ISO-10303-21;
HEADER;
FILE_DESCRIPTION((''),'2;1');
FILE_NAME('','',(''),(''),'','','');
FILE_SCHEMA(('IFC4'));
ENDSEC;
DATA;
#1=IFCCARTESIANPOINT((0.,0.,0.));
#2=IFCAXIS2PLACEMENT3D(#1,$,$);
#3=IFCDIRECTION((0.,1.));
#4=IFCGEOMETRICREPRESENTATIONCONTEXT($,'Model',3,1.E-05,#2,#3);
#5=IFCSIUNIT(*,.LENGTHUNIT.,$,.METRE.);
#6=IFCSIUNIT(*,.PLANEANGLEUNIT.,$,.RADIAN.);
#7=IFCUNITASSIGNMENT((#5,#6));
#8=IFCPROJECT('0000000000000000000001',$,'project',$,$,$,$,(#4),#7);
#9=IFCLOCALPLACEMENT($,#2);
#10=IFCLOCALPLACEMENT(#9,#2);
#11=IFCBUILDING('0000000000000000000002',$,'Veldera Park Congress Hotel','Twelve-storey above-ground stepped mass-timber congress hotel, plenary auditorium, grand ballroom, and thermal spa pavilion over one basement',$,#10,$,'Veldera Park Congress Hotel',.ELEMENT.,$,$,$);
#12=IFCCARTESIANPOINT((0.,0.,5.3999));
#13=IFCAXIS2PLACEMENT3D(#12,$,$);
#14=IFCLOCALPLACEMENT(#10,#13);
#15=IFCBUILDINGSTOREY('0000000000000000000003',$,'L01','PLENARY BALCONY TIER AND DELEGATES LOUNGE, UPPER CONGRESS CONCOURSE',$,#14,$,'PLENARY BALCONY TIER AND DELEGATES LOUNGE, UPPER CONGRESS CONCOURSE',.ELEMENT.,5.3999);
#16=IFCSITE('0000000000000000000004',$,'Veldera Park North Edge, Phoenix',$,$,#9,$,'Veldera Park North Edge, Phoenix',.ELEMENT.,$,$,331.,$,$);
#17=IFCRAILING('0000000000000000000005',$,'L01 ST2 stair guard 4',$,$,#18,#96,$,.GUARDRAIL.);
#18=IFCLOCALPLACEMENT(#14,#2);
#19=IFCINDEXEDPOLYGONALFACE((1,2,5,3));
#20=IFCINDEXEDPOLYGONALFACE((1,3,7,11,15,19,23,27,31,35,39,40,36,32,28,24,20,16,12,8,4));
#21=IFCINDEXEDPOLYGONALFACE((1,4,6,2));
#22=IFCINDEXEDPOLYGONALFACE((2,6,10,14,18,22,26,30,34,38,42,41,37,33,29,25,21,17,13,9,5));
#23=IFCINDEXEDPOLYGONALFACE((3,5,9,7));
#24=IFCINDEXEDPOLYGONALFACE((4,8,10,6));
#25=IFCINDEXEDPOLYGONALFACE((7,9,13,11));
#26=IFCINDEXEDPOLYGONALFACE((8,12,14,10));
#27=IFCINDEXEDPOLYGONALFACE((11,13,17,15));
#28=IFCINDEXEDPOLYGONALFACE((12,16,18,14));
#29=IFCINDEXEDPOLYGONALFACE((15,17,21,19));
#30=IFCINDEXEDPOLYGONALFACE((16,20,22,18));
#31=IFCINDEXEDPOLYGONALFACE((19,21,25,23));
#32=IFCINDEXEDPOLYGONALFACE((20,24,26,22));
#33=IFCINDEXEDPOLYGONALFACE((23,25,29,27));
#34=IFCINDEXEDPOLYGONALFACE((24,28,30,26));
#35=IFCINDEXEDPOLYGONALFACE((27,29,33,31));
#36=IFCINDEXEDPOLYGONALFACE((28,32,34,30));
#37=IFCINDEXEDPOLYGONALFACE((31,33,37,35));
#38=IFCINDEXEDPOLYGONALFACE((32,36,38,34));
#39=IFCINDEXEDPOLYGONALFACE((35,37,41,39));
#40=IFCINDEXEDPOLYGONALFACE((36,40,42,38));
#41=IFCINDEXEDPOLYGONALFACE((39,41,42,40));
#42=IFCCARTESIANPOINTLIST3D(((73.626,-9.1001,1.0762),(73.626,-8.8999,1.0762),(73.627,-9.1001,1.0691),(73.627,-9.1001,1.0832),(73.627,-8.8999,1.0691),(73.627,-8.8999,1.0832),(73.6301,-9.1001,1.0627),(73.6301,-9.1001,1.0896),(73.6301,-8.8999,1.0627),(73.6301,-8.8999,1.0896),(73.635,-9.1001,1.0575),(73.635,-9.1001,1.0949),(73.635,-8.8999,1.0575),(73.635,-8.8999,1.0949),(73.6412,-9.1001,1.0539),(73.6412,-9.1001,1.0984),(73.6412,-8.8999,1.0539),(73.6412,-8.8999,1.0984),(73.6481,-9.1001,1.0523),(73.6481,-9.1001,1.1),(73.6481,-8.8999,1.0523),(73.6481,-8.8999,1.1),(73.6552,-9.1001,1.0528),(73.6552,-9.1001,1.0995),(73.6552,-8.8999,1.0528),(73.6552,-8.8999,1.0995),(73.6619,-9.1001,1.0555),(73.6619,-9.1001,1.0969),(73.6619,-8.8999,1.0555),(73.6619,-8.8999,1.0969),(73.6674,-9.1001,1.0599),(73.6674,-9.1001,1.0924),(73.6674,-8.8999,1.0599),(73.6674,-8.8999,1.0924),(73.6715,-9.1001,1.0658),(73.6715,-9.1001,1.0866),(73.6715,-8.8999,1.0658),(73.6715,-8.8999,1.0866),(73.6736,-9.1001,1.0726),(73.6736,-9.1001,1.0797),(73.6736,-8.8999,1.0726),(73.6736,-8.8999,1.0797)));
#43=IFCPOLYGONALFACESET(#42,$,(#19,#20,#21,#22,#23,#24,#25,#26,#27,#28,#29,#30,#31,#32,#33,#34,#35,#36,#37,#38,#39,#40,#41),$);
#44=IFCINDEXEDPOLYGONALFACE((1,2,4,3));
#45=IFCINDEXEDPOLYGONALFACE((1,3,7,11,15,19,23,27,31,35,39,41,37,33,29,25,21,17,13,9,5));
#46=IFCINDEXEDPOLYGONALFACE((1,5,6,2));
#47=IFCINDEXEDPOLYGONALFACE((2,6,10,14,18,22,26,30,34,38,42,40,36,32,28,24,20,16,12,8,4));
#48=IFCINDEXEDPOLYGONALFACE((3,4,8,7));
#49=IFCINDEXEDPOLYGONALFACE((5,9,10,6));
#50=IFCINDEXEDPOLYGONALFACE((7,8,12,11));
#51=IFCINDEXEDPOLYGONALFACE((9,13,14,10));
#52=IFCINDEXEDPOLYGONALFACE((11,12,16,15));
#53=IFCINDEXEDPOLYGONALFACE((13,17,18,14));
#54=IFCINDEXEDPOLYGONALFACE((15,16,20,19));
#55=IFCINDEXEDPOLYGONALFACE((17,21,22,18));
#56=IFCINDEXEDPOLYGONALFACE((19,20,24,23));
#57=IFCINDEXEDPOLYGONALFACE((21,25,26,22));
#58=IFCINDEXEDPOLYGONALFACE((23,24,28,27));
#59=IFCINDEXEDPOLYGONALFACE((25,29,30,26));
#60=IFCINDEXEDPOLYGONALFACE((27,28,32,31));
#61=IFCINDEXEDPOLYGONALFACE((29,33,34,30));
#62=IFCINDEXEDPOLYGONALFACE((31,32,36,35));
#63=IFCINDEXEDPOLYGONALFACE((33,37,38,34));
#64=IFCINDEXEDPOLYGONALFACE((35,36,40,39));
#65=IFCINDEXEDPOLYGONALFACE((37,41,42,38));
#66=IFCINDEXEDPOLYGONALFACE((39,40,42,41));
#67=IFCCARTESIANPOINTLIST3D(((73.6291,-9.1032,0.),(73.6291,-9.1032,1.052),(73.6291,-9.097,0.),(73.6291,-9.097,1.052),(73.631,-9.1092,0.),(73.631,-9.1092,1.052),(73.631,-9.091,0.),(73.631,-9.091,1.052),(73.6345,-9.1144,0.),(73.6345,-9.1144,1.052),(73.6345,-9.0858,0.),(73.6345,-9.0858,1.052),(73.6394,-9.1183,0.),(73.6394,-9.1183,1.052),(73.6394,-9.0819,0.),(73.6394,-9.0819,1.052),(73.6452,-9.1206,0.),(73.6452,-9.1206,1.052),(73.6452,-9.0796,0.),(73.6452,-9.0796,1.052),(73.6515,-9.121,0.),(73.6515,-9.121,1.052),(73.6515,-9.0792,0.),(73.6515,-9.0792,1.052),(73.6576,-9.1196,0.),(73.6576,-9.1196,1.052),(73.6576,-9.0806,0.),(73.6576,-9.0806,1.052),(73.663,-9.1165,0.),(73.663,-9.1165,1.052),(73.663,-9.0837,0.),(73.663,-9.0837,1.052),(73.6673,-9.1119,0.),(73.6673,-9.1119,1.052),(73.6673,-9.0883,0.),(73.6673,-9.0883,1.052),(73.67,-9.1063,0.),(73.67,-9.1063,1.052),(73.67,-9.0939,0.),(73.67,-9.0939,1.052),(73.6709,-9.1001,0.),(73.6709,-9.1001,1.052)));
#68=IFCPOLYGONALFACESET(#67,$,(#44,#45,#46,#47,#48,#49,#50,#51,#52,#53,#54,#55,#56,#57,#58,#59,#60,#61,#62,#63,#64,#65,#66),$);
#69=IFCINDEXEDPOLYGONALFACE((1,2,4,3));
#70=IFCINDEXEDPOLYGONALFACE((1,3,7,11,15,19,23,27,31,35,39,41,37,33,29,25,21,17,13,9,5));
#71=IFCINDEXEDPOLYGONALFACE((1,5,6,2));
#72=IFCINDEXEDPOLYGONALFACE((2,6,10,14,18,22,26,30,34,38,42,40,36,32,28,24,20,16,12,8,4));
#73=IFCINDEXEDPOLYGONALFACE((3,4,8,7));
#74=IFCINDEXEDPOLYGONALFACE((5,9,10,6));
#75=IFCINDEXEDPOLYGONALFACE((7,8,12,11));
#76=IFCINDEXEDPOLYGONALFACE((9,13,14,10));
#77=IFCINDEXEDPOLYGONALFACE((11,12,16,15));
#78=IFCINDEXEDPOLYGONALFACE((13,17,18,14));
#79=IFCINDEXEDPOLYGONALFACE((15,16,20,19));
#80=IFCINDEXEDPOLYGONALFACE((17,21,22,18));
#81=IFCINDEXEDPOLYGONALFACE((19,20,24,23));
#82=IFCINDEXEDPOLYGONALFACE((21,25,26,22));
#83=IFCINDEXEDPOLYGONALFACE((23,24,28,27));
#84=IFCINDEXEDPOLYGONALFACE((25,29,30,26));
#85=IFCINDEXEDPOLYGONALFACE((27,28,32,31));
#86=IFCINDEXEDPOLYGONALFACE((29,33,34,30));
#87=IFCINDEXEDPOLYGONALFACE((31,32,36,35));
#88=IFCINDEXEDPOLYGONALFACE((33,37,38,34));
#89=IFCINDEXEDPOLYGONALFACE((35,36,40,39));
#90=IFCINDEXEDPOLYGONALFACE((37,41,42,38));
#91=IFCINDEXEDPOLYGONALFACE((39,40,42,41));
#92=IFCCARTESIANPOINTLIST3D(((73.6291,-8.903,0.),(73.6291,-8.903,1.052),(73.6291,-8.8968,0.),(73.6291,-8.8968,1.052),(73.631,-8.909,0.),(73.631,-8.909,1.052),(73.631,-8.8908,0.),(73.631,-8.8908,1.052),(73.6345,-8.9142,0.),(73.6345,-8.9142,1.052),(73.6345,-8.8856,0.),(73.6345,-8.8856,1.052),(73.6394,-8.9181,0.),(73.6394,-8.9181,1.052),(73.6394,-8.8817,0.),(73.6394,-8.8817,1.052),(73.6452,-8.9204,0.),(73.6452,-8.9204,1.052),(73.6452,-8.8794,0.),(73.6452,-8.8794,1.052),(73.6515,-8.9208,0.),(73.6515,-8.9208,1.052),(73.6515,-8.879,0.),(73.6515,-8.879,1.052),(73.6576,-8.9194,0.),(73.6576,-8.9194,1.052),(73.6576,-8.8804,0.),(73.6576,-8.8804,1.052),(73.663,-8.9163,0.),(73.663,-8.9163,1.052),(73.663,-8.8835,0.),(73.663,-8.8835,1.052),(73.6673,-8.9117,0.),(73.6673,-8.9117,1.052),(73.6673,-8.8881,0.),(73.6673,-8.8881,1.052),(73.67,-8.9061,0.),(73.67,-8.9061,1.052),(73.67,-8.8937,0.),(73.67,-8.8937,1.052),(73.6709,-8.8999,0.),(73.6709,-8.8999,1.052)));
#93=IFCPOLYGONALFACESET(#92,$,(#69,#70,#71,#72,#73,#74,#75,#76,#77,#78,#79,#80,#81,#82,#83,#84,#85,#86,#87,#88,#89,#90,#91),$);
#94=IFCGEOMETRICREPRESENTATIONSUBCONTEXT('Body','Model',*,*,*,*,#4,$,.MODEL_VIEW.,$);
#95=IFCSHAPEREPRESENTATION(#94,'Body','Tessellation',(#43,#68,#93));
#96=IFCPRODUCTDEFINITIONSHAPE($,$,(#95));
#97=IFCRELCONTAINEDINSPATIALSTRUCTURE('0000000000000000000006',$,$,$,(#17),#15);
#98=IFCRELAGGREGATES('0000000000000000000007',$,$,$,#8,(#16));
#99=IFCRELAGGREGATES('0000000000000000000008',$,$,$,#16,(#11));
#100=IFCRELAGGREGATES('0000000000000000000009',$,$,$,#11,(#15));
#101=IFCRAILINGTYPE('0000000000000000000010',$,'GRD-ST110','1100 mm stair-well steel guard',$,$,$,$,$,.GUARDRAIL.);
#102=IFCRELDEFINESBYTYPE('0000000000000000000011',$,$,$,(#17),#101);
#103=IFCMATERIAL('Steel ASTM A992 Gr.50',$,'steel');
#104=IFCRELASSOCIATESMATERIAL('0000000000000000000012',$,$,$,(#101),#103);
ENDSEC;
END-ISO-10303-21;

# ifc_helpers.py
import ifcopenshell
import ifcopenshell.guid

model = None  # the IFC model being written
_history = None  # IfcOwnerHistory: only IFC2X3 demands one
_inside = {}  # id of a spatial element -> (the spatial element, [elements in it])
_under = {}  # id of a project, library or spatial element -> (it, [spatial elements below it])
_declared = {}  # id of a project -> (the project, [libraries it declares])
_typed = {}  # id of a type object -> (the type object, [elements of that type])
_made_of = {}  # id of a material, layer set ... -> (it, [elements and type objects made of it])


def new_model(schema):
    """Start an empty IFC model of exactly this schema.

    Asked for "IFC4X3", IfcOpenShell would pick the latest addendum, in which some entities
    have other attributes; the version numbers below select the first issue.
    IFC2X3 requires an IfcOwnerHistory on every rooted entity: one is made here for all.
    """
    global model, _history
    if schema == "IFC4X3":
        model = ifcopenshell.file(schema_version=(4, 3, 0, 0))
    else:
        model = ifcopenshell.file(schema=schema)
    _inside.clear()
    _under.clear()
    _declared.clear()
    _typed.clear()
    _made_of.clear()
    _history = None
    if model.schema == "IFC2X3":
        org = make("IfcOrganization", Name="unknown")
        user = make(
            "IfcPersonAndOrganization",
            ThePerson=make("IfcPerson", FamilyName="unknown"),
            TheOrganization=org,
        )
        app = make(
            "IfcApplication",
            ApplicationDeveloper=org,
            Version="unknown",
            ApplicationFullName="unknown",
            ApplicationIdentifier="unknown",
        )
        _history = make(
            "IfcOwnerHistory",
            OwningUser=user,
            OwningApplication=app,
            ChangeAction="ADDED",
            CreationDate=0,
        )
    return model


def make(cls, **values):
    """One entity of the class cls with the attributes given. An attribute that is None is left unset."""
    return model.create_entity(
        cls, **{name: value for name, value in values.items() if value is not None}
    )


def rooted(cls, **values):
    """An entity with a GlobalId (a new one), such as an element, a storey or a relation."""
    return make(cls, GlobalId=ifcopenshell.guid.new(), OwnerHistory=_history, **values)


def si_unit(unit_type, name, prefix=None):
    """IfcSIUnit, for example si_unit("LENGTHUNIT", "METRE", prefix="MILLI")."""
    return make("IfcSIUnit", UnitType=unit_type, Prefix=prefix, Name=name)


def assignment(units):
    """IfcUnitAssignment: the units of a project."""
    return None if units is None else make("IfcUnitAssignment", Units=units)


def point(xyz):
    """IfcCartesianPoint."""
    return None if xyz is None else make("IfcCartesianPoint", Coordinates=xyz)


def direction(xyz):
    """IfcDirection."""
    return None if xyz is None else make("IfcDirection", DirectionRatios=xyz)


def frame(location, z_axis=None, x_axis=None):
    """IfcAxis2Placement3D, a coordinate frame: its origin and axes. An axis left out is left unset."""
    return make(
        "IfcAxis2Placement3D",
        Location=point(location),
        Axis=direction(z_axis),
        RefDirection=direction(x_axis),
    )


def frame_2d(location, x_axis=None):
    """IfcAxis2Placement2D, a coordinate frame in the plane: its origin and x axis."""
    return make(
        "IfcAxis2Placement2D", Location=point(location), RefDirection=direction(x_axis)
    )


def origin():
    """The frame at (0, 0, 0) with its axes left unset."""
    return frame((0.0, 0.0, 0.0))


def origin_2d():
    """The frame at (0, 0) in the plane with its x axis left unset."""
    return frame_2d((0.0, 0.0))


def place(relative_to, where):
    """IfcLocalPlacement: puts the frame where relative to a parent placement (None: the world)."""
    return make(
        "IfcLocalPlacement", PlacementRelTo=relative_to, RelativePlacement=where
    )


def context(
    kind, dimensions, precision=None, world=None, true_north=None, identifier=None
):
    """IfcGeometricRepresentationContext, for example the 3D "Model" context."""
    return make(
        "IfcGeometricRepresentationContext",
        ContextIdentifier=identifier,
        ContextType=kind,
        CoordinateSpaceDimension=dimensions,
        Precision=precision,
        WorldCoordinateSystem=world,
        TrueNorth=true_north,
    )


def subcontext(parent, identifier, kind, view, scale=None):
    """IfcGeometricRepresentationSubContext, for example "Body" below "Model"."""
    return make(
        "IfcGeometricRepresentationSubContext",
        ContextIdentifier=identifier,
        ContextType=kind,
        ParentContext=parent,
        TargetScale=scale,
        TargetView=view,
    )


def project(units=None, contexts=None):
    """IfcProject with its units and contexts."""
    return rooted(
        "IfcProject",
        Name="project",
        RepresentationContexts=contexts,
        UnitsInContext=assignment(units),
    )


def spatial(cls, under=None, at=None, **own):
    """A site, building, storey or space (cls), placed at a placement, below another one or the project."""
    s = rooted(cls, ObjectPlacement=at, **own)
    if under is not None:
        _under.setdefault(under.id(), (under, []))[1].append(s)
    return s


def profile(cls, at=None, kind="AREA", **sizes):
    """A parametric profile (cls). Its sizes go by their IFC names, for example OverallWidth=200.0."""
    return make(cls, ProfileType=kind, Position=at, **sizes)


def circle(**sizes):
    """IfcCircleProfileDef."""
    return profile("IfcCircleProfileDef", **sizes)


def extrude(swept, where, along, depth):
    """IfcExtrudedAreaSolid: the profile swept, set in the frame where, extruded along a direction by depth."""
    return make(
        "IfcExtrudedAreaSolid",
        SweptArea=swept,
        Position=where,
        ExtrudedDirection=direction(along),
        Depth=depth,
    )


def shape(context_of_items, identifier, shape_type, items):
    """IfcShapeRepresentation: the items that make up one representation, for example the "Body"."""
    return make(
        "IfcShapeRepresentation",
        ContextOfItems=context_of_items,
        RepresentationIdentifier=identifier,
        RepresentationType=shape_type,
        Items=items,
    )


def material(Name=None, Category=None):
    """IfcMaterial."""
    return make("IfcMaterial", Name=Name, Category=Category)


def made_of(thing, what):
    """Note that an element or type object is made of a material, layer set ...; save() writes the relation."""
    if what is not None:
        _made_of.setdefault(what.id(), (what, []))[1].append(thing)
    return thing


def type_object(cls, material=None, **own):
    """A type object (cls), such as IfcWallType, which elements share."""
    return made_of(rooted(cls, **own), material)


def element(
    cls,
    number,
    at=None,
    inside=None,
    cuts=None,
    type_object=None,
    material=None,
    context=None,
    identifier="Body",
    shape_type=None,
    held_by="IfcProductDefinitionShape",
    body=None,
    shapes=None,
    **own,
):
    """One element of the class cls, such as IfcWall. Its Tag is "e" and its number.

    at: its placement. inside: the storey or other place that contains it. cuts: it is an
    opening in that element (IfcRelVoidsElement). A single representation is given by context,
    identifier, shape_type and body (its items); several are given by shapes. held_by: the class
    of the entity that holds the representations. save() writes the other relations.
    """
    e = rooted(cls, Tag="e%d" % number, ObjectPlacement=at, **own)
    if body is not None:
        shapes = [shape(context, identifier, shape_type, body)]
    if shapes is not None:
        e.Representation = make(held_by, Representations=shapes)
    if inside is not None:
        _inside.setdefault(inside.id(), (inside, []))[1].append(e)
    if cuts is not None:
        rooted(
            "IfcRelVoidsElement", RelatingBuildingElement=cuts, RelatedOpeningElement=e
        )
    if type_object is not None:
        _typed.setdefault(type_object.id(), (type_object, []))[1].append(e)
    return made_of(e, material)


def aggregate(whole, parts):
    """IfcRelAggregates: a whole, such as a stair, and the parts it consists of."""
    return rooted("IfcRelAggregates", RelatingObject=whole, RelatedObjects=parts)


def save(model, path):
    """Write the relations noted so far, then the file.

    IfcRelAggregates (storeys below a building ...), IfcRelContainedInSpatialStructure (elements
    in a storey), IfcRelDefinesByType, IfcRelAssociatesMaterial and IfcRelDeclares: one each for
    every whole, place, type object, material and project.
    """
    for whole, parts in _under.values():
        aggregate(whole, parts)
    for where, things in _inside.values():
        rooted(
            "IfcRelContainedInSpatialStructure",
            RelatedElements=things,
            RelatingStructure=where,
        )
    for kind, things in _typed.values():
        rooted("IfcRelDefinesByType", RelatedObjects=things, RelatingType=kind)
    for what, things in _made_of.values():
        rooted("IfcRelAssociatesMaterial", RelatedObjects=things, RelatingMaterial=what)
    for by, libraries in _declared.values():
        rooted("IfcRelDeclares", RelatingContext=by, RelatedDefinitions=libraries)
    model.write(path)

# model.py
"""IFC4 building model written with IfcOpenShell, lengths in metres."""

from ifc_helpers import new_model, si_unit, direction, frame, origin, origin_2d, place, context, subcontext, project, spatial, circle, extrude, material, type_object, element, save


model = new_model("IFC4")

# Units and contexts
model_context = context("Model", 3, precision=1e-05, world=origin(), true_north=direction((0.0, 1.0)))
body_context = subcontext(model_context, "Body", "Model", "MODEL_VIEW")
ifc_project = project(units=[si_unit("LENGTHUNIT", "METRE"), si_unit("PLANEANGLEUNIT", "RADIAN")], contexts=[model_context])

# Site, building, storey
site_placement = place(None, origin())
site = spatial("IfcSite", under=ifc_project, at=site_placement, Name="Veldera Park North Edge, Phoenix", LongName="Veldera Park North Edge, Phoenix", CompositionType="ELEMENT", RefElevation=331.0)
building_placement = place(site_placement, origin())
building = spatial("IfcBuilding", under=site, at=building_placement, Name="Veldera Park Congress Hotel", Description="Twelve-storey above-ground stepped mass-timber congress hotel, plenary auditorium, grand ballroom, and thermal spa pavilion over one basement", LongName="Veldera Park Congress Hotel", CompositionType="ELEMENT")
storey_placement = place(building_placement, frame((0.0, 0.0, 5.3999)))
storey = spatial("IfcBuildingStorey", under=building, at=storey_placement, Name="L01", Description="PLENARY BALCONY TIER AND DELEGATES LOUNGE, UPPER CONGRESS CONCOURSE", LongName="PLENARY BALCONY TIER AND DELEGATES LOUNGE, UPPER CONGRESS CONCOURSE", CompositionType="ELEMENT", Elevation=5.3999)

# Shared definitions
ifc_material_1 = material(Name="Steel ASTM A992 Gr.50", Category="steel")

# Railing
railing_type_1 = type_object("IfcRailingType", Name="GRD-ST110", Description="1100 mm stair-well steel guard", PredefinedType="GUARDRAIL", material=ifc_material_1)
railing_1_placement = place(storey_placement, frame((73.6499, -9.1001, 0.0)))
element("IfcRailing", 1, at=railing_1_placement, inside=storey, type_object=railing_type_1, Name="L01 ST2 stair guard 4", PredefinedType="GUARDRAIL", context=body_context, shape_type="SweptSolid", body=[
    extrude(circle(Radius=0.0239, at=origin_2d()), frame((0.0, 0.0, 1.0762), z_axis=(0.0, 1.0, 0.0), x_axis=(-1.0, 0.0, 0.0)), (0.0, 0.0, 1.0), 0.2002),
    extrude(circle(Radius=0.021, at=origin_2d()), origin(), (0.0, 0.0, 1.0), 1.052),
    extrude(circle(Radius=0.021, at=origin_2d()), frame((0.0, 0.2002, 0.0)), (0.0, 0.0, 1.0), 1.052),
])

save(model, "model.ifc")
